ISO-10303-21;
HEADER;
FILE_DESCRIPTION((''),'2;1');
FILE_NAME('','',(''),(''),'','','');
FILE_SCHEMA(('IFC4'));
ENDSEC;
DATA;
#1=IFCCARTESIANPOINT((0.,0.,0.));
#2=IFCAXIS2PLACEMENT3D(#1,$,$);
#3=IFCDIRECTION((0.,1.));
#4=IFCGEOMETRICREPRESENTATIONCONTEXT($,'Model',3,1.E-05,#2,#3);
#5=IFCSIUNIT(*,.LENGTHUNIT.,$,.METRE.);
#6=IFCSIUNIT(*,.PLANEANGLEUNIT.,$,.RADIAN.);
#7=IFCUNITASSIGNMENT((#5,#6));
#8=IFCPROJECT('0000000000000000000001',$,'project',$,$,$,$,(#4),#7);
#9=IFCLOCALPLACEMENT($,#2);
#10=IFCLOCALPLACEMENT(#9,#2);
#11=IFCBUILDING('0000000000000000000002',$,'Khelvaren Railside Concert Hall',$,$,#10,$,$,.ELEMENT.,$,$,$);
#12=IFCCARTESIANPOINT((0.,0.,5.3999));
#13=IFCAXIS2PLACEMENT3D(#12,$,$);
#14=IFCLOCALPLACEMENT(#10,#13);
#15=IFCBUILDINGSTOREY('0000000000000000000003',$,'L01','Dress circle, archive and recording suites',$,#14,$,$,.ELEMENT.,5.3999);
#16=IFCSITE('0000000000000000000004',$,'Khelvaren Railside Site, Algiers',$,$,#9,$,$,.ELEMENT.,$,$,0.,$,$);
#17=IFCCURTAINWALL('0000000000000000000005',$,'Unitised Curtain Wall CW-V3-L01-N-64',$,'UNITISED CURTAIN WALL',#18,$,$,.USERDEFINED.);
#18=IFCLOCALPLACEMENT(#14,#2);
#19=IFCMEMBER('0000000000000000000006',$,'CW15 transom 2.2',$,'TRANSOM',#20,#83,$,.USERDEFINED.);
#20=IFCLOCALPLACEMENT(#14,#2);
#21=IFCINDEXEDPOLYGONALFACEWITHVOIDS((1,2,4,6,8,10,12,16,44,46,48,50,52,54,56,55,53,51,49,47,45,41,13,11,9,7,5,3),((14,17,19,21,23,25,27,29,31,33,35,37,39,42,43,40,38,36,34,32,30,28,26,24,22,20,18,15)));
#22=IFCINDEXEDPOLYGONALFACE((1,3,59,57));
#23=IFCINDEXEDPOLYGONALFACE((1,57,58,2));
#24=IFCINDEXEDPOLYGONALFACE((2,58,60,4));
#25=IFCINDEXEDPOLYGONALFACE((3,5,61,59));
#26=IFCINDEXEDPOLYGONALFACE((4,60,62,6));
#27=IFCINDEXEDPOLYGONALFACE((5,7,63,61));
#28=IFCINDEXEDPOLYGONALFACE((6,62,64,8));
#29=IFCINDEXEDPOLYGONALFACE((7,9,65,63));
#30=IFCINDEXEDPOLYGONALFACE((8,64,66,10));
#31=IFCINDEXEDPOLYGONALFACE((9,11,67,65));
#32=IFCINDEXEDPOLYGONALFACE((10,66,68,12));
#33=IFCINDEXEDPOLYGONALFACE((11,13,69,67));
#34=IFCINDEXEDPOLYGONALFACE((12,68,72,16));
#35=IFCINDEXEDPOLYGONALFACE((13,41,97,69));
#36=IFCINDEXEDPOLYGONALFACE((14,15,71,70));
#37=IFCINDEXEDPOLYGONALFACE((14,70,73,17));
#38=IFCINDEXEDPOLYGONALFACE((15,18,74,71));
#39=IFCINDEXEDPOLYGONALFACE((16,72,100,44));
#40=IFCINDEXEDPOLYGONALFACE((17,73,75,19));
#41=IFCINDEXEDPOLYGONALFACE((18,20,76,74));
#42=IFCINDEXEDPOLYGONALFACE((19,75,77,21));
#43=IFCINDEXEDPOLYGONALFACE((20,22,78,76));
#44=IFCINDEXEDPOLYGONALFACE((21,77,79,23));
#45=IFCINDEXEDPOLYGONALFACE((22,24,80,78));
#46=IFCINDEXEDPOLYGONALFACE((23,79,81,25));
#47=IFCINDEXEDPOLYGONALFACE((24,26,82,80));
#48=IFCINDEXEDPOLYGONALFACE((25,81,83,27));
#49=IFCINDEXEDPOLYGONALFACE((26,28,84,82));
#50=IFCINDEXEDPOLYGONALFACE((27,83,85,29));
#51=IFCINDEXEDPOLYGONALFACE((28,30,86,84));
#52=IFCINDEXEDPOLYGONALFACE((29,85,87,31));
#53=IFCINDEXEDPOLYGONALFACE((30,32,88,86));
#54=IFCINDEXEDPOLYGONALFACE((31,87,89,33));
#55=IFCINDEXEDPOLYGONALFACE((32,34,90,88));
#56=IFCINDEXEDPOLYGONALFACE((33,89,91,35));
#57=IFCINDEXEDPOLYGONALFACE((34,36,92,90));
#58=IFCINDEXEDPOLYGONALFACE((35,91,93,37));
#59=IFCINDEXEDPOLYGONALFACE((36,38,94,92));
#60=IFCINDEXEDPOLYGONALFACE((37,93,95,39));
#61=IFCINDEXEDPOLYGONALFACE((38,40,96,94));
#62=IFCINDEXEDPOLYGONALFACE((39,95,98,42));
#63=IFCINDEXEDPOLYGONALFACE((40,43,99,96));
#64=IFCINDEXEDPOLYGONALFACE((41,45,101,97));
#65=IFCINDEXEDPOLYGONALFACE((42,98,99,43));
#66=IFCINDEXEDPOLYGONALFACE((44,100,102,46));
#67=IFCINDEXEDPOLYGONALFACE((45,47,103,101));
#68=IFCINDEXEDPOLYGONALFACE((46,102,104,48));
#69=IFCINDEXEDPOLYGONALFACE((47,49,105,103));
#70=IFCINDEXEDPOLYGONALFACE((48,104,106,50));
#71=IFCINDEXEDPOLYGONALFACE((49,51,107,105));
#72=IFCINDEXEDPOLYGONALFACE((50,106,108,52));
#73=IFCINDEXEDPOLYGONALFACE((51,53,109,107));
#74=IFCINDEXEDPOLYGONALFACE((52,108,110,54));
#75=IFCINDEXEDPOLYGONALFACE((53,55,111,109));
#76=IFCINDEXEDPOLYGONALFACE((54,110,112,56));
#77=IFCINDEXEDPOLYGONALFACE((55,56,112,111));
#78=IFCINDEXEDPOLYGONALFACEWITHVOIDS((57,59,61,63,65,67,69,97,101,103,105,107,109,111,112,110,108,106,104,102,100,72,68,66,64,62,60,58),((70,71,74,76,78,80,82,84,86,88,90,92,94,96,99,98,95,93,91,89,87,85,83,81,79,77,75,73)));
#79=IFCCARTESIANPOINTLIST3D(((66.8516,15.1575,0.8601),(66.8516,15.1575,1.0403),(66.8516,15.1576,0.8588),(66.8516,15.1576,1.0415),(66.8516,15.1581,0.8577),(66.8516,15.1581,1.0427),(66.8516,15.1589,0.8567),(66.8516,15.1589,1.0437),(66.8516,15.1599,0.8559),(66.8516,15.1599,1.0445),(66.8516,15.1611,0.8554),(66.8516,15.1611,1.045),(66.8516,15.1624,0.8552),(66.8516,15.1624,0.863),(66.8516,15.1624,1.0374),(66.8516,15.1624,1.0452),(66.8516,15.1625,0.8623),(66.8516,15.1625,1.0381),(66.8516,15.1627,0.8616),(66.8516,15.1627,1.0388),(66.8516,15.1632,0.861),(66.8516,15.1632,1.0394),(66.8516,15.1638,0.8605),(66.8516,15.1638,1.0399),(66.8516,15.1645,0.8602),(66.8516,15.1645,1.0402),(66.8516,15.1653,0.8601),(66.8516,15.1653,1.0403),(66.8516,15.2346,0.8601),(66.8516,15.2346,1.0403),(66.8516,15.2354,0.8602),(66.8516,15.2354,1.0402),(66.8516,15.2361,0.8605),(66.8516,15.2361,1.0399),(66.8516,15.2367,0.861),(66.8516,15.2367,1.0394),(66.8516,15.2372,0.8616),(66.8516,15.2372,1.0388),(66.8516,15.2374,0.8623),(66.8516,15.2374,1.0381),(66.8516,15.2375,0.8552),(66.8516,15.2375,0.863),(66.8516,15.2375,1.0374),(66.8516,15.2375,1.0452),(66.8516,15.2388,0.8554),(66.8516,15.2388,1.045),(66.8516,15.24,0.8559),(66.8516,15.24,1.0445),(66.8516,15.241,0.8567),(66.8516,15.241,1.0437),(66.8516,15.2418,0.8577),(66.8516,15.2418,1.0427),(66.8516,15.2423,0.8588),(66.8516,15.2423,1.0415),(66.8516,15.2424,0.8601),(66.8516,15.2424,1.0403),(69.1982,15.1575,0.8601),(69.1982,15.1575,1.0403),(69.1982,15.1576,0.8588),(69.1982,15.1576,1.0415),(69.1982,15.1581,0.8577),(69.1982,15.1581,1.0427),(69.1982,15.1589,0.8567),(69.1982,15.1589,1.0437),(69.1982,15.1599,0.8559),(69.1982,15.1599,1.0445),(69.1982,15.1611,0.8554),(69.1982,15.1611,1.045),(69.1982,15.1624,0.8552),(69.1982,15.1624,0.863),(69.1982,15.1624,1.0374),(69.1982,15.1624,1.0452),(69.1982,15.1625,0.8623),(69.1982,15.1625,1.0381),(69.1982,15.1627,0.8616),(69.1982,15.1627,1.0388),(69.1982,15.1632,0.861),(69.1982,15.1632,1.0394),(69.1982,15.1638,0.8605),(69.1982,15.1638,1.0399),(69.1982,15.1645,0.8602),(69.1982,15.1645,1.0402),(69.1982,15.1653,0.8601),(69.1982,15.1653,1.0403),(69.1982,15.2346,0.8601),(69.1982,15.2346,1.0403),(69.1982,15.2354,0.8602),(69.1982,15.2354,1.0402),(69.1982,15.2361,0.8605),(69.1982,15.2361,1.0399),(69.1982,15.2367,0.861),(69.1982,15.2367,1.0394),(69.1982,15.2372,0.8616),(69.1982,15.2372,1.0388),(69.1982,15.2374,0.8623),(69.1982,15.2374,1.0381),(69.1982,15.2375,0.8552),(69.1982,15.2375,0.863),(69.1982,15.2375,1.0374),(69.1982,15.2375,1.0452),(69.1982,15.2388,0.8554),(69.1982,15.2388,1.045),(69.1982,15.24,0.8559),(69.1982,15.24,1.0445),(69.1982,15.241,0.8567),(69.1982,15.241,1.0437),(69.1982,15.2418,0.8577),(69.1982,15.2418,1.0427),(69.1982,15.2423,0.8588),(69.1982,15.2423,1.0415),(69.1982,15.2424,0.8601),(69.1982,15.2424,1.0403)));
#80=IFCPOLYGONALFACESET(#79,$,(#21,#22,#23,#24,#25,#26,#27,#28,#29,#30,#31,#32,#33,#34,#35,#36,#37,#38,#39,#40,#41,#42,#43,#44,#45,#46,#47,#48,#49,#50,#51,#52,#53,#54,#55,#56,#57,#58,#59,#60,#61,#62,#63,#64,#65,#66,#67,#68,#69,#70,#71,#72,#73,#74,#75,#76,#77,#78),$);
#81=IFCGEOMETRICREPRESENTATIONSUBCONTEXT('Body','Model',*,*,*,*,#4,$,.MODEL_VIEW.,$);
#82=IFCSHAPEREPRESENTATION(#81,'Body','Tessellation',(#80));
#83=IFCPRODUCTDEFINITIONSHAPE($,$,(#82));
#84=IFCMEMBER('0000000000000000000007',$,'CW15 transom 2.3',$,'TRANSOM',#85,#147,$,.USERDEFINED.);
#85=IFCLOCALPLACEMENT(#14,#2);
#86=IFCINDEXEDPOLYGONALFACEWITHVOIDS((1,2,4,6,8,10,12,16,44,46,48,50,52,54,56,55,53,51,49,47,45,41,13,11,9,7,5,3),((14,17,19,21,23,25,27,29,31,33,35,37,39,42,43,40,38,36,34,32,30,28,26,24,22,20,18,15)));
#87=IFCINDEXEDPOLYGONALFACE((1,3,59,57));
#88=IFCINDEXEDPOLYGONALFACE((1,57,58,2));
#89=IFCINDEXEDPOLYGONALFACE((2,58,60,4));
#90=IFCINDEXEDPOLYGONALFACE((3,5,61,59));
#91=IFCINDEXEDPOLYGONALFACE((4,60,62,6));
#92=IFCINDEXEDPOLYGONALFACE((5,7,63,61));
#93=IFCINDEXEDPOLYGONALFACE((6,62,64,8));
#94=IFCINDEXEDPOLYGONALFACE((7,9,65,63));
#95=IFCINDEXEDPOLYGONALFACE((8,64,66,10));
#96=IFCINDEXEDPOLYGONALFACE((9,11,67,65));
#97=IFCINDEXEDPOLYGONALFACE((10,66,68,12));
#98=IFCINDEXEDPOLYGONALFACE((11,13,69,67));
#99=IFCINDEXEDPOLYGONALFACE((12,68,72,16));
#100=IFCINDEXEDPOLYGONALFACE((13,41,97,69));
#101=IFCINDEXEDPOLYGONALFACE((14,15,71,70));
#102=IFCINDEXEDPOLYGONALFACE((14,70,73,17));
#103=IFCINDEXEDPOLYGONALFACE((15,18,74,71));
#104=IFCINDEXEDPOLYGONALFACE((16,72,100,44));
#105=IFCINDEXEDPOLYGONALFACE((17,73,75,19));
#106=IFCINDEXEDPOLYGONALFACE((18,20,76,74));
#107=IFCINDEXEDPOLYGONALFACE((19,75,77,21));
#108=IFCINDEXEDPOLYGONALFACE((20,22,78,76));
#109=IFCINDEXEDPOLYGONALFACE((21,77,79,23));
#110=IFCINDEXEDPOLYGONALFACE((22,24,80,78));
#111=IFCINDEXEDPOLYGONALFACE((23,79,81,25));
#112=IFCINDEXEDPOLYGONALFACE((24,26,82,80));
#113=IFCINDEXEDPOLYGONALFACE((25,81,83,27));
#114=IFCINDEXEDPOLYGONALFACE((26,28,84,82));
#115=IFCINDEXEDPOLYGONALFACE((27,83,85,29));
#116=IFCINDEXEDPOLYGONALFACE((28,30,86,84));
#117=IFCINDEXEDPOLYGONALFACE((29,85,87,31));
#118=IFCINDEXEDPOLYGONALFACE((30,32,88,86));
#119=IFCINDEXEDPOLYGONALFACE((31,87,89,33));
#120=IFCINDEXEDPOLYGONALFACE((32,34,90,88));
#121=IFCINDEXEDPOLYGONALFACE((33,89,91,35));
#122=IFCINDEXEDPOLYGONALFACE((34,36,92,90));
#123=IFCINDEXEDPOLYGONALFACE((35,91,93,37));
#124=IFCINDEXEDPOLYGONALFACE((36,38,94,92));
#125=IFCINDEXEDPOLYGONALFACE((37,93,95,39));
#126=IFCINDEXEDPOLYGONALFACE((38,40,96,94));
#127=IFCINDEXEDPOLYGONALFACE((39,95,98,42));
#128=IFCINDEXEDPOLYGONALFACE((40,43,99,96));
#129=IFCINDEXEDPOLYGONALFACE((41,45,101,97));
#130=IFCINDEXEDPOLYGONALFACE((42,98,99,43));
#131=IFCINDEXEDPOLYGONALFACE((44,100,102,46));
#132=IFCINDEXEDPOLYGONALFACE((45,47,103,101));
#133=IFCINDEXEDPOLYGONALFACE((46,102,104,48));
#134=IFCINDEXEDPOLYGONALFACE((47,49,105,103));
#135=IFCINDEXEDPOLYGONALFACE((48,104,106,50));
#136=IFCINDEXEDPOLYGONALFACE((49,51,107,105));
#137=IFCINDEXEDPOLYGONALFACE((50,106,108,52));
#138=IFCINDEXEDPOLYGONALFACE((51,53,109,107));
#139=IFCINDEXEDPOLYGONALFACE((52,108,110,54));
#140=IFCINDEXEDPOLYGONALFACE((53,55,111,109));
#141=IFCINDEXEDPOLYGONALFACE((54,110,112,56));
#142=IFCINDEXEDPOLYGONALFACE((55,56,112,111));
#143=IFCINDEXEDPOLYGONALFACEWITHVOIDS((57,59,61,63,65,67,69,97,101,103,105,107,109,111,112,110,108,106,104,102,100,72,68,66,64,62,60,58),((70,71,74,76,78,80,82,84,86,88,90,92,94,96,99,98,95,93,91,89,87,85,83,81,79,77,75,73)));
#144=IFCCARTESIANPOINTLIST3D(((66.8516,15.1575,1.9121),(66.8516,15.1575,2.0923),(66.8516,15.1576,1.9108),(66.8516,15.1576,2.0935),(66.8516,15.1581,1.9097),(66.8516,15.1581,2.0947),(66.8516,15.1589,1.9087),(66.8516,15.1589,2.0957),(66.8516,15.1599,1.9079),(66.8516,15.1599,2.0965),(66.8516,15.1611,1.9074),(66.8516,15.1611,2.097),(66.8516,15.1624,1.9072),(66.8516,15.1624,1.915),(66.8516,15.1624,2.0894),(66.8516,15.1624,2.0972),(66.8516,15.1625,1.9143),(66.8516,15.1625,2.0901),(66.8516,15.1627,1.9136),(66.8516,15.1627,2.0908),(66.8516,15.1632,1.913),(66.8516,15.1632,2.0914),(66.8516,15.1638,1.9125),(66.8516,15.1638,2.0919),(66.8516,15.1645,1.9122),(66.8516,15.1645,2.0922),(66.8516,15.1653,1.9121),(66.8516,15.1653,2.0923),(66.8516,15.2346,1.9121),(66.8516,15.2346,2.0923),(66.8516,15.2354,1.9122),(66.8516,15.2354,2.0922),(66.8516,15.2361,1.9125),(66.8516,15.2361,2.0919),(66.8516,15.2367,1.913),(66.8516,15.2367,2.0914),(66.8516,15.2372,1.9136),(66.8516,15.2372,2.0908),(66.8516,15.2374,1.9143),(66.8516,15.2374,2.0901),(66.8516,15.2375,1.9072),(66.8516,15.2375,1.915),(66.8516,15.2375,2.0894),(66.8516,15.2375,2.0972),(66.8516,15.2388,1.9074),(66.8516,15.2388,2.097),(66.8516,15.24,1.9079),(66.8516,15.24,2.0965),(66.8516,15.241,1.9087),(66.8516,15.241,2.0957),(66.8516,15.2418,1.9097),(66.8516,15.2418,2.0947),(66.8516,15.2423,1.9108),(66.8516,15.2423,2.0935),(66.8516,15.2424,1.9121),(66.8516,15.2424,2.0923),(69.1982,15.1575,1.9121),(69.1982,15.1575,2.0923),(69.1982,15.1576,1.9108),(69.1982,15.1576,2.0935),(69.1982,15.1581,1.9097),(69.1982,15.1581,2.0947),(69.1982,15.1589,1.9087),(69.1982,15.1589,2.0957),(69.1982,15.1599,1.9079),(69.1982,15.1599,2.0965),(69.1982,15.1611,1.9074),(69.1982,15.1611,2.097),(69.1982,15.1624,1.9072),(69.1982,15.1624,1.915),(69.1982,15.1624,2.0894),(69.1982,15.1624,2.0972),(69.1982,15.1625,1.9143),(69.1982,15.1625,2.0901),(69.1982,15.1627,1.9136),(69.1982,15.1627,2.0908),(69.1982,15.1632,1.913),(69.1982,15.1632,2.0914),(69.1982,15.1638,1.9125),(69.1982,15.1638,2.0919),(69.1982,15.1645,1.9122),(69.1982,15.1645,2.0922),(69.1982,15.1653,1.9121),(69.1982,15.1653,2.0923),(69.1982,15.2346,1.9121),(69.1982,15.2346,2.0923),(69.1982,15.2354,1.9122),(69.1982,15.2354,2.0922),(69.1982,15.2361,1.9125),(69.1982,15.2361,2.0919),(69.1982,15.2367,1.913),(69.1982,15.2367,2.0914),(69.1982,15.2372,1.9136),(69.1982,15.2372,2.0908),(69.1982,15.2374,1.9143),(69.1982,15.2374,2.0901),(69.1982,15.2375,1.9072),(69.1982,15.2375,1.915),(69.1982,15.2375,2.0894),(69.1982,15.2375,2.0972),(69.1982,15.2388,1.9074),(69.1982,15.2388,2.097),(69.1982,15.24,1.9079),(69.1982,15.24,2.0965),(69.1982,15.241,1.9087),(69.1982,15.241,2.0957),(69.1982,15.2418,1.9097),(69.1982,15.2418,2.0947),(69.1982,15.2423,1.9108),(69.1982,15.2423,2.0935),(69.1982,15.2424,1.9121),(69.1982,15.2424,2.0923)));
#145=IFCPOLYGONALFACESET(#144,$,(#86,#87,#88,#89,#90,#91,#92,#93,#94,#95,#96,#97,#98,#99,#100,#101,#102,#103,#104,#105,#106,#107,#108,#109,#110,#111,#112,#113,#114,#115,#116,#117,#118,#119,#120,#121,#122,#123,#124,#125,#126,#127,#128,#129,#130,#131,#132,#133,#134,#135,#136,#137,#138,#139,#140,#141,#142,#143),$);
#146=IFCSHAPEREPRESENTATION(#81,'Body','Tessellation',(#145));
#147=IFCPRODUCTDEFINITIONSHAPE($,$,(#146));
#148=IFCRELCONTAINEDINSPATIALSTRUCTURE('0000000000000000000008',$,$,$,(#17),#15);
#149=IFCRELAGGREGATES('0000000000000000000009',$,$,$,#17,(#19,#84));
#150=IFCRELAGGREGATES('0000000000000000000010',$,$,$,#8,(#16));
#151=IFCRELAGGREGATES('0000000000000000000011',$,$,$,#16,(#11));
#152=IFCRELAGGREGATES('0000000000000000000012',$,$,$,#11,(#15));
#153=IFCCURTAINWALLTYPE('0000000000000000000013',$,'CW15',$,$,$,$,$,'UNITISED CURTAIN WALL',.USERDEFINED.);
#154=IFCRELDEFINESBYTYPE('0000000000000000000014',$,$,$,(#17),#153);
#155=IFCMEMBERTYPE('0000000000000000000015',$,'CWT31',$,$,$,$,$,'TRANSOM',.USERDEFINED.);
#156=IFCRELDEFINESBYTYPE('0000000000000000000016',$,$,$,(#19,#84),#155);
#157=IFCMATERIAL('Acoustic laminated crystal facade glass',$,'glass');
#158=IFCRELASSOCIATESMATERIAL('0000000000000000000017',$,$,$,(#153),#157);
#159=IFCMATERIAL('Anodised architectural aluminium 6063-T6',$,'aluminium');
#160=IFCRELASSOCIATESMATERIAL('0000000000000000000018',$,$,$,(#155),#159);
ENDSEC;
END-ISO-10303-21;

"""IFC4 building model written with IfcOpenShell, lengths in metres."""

from ifc_helpers import new_model, si_unit, direction, frame, origin, origin_2d, place, context, subcontext, project, spatial, hollow_rectangle, extrude, material, material_profile, profile_set, type_object, element, aggregate, save


model = new_model("IFC4")

# Units and contexts
model_context = context("Model", 3, precision=1e-05, world=origin(), true_north=direction((0.0, 1.0)))
body_context = subcontext(model_context, "Body", "Model", "MODEL_VIEW")
ifc_project = project(units=[si_unit("LENGTHUNIT", "METRE"), si_unit("PLANEANGLEUNIT", "RADIAN")], contexts=[model_context])

# Site, building, storey
site_placement = place(None, origin())
site = spatial("IfcSite", under=ifc_project, at=site_placement, Name="Khelvaren Railside Site, Algiers", CompositionType="ELEMENT", RefElevation=0.0)
building_placement = place(site_placement, origin())
building = spatial("IfcBuilding", under=site, at=building_placement, Name="Khelvaren Railside Concert Hall", CompositionType="ELEMENT")
storey_placement = place(building_placement, frame((0.0, 0.0, 5.3999)))
storey = spatial("IfcBuildingStorey", under=building, at=storey_placement, Name="L01", Description="Dress circle, archive and recording suites", CompositionType="ELEMENT", Elevation=5.3999)

# Curtain wall, members
ifc_material_1 = material(Name="Acoustic laminated crystal facade glass", Category="glass")
curtain_wall_type = type_object("IfcCurtainWallType", Name="CW15", ElementType="UNITISED CURTAIN WALL", PredefinedType="USERDEFINED", material=ifc_material_1)
curtain_wall_placement = place(storey_placement, origin())
curtain_wall = element("IfcCurtainWall", 1, at=curtain_wall_placement, inside=storey, type_object=curtain_wall_type, Name="Unitised Curtain Wall CW-V3-L01-N-64", ObjectType="UNITISED CURTAIN WALL", PredefinedType="USERDEFINED")
ifc_material_2 = material(Name="Anodised architectural aluminium 6063-T6", Category="aluminium")
ifc_material_profile_1 = material_profile(ifc_material_2, hollow_rectangle(XDim=0.085, YDim=0.1899, WallThickness=0.0049, InnerFilletRadius=0.0029, OuterFilletRadius=0.0049, at=origin_2d()), Name="CWT 85x190x5")
ifc_profile_set_1 = profile_set([ifc_material_profile_1], Name="Anodised architectural aluminium 6063-T6")
member_type_1 = type_object("IfcMemberType", Name="CWT31", ElementType="TRANSOM", PredefinedType="USERDEFINED", material=ifc_profile_set_1)
member_1_placement = place(storey_placement, frame((66.8516, 15.2, 0.9502), z_axis=(1.0, 0.0, 0.0), x_axis=(0.0, 1.0, 0.0)))
member_1 = element("IfcMember", 2, at=member_1_placement, type_object=member_type_1, Name="CW15 transom 2.2", ObjectType="TRANSOM", PredefinedType="USERDEFINED", context=body_context, shape_type="SweptSolid", body=[
    extrude(hollow_rectangle(XDim=0.085, YDim=0.1899, WallThickness=0.0049, InnerFilletRadius=0.0029, OuterFilletRadius=0.0049, at=origin_2d()), origin(), (0.0, 0.0, 1.0), 2.3467),
])
member_2_placement = place(storey_placement, frame((66.8516, 15.2, 2.0022), z_axis=(1.0, 0.0, 0.0), x_axis=(0.0, 1.0, 0.0)))
member_2 = element("IfcMember", 3, at=member_2_placement, type_object=member_type_1, Name="CW15 transom 2.3", ObjectType="TRANSOM", PredefinedType="USERDEFINED", context=body_context, shape_type="SweptSolid", body=[
    extrude(hollow_rectangle(XDim=0.085, YDim=0.1899, WallThickness=0.0049, InnerFilletRadius=0.0029, OuterFilletRadius=0.0049, at=origin_2d()), origin(), (0.0, 0.0, 1.0), 2.3467),
])

aggregate(curtain_wall, [member_1, member_2])

save(model, "model.ifc")
